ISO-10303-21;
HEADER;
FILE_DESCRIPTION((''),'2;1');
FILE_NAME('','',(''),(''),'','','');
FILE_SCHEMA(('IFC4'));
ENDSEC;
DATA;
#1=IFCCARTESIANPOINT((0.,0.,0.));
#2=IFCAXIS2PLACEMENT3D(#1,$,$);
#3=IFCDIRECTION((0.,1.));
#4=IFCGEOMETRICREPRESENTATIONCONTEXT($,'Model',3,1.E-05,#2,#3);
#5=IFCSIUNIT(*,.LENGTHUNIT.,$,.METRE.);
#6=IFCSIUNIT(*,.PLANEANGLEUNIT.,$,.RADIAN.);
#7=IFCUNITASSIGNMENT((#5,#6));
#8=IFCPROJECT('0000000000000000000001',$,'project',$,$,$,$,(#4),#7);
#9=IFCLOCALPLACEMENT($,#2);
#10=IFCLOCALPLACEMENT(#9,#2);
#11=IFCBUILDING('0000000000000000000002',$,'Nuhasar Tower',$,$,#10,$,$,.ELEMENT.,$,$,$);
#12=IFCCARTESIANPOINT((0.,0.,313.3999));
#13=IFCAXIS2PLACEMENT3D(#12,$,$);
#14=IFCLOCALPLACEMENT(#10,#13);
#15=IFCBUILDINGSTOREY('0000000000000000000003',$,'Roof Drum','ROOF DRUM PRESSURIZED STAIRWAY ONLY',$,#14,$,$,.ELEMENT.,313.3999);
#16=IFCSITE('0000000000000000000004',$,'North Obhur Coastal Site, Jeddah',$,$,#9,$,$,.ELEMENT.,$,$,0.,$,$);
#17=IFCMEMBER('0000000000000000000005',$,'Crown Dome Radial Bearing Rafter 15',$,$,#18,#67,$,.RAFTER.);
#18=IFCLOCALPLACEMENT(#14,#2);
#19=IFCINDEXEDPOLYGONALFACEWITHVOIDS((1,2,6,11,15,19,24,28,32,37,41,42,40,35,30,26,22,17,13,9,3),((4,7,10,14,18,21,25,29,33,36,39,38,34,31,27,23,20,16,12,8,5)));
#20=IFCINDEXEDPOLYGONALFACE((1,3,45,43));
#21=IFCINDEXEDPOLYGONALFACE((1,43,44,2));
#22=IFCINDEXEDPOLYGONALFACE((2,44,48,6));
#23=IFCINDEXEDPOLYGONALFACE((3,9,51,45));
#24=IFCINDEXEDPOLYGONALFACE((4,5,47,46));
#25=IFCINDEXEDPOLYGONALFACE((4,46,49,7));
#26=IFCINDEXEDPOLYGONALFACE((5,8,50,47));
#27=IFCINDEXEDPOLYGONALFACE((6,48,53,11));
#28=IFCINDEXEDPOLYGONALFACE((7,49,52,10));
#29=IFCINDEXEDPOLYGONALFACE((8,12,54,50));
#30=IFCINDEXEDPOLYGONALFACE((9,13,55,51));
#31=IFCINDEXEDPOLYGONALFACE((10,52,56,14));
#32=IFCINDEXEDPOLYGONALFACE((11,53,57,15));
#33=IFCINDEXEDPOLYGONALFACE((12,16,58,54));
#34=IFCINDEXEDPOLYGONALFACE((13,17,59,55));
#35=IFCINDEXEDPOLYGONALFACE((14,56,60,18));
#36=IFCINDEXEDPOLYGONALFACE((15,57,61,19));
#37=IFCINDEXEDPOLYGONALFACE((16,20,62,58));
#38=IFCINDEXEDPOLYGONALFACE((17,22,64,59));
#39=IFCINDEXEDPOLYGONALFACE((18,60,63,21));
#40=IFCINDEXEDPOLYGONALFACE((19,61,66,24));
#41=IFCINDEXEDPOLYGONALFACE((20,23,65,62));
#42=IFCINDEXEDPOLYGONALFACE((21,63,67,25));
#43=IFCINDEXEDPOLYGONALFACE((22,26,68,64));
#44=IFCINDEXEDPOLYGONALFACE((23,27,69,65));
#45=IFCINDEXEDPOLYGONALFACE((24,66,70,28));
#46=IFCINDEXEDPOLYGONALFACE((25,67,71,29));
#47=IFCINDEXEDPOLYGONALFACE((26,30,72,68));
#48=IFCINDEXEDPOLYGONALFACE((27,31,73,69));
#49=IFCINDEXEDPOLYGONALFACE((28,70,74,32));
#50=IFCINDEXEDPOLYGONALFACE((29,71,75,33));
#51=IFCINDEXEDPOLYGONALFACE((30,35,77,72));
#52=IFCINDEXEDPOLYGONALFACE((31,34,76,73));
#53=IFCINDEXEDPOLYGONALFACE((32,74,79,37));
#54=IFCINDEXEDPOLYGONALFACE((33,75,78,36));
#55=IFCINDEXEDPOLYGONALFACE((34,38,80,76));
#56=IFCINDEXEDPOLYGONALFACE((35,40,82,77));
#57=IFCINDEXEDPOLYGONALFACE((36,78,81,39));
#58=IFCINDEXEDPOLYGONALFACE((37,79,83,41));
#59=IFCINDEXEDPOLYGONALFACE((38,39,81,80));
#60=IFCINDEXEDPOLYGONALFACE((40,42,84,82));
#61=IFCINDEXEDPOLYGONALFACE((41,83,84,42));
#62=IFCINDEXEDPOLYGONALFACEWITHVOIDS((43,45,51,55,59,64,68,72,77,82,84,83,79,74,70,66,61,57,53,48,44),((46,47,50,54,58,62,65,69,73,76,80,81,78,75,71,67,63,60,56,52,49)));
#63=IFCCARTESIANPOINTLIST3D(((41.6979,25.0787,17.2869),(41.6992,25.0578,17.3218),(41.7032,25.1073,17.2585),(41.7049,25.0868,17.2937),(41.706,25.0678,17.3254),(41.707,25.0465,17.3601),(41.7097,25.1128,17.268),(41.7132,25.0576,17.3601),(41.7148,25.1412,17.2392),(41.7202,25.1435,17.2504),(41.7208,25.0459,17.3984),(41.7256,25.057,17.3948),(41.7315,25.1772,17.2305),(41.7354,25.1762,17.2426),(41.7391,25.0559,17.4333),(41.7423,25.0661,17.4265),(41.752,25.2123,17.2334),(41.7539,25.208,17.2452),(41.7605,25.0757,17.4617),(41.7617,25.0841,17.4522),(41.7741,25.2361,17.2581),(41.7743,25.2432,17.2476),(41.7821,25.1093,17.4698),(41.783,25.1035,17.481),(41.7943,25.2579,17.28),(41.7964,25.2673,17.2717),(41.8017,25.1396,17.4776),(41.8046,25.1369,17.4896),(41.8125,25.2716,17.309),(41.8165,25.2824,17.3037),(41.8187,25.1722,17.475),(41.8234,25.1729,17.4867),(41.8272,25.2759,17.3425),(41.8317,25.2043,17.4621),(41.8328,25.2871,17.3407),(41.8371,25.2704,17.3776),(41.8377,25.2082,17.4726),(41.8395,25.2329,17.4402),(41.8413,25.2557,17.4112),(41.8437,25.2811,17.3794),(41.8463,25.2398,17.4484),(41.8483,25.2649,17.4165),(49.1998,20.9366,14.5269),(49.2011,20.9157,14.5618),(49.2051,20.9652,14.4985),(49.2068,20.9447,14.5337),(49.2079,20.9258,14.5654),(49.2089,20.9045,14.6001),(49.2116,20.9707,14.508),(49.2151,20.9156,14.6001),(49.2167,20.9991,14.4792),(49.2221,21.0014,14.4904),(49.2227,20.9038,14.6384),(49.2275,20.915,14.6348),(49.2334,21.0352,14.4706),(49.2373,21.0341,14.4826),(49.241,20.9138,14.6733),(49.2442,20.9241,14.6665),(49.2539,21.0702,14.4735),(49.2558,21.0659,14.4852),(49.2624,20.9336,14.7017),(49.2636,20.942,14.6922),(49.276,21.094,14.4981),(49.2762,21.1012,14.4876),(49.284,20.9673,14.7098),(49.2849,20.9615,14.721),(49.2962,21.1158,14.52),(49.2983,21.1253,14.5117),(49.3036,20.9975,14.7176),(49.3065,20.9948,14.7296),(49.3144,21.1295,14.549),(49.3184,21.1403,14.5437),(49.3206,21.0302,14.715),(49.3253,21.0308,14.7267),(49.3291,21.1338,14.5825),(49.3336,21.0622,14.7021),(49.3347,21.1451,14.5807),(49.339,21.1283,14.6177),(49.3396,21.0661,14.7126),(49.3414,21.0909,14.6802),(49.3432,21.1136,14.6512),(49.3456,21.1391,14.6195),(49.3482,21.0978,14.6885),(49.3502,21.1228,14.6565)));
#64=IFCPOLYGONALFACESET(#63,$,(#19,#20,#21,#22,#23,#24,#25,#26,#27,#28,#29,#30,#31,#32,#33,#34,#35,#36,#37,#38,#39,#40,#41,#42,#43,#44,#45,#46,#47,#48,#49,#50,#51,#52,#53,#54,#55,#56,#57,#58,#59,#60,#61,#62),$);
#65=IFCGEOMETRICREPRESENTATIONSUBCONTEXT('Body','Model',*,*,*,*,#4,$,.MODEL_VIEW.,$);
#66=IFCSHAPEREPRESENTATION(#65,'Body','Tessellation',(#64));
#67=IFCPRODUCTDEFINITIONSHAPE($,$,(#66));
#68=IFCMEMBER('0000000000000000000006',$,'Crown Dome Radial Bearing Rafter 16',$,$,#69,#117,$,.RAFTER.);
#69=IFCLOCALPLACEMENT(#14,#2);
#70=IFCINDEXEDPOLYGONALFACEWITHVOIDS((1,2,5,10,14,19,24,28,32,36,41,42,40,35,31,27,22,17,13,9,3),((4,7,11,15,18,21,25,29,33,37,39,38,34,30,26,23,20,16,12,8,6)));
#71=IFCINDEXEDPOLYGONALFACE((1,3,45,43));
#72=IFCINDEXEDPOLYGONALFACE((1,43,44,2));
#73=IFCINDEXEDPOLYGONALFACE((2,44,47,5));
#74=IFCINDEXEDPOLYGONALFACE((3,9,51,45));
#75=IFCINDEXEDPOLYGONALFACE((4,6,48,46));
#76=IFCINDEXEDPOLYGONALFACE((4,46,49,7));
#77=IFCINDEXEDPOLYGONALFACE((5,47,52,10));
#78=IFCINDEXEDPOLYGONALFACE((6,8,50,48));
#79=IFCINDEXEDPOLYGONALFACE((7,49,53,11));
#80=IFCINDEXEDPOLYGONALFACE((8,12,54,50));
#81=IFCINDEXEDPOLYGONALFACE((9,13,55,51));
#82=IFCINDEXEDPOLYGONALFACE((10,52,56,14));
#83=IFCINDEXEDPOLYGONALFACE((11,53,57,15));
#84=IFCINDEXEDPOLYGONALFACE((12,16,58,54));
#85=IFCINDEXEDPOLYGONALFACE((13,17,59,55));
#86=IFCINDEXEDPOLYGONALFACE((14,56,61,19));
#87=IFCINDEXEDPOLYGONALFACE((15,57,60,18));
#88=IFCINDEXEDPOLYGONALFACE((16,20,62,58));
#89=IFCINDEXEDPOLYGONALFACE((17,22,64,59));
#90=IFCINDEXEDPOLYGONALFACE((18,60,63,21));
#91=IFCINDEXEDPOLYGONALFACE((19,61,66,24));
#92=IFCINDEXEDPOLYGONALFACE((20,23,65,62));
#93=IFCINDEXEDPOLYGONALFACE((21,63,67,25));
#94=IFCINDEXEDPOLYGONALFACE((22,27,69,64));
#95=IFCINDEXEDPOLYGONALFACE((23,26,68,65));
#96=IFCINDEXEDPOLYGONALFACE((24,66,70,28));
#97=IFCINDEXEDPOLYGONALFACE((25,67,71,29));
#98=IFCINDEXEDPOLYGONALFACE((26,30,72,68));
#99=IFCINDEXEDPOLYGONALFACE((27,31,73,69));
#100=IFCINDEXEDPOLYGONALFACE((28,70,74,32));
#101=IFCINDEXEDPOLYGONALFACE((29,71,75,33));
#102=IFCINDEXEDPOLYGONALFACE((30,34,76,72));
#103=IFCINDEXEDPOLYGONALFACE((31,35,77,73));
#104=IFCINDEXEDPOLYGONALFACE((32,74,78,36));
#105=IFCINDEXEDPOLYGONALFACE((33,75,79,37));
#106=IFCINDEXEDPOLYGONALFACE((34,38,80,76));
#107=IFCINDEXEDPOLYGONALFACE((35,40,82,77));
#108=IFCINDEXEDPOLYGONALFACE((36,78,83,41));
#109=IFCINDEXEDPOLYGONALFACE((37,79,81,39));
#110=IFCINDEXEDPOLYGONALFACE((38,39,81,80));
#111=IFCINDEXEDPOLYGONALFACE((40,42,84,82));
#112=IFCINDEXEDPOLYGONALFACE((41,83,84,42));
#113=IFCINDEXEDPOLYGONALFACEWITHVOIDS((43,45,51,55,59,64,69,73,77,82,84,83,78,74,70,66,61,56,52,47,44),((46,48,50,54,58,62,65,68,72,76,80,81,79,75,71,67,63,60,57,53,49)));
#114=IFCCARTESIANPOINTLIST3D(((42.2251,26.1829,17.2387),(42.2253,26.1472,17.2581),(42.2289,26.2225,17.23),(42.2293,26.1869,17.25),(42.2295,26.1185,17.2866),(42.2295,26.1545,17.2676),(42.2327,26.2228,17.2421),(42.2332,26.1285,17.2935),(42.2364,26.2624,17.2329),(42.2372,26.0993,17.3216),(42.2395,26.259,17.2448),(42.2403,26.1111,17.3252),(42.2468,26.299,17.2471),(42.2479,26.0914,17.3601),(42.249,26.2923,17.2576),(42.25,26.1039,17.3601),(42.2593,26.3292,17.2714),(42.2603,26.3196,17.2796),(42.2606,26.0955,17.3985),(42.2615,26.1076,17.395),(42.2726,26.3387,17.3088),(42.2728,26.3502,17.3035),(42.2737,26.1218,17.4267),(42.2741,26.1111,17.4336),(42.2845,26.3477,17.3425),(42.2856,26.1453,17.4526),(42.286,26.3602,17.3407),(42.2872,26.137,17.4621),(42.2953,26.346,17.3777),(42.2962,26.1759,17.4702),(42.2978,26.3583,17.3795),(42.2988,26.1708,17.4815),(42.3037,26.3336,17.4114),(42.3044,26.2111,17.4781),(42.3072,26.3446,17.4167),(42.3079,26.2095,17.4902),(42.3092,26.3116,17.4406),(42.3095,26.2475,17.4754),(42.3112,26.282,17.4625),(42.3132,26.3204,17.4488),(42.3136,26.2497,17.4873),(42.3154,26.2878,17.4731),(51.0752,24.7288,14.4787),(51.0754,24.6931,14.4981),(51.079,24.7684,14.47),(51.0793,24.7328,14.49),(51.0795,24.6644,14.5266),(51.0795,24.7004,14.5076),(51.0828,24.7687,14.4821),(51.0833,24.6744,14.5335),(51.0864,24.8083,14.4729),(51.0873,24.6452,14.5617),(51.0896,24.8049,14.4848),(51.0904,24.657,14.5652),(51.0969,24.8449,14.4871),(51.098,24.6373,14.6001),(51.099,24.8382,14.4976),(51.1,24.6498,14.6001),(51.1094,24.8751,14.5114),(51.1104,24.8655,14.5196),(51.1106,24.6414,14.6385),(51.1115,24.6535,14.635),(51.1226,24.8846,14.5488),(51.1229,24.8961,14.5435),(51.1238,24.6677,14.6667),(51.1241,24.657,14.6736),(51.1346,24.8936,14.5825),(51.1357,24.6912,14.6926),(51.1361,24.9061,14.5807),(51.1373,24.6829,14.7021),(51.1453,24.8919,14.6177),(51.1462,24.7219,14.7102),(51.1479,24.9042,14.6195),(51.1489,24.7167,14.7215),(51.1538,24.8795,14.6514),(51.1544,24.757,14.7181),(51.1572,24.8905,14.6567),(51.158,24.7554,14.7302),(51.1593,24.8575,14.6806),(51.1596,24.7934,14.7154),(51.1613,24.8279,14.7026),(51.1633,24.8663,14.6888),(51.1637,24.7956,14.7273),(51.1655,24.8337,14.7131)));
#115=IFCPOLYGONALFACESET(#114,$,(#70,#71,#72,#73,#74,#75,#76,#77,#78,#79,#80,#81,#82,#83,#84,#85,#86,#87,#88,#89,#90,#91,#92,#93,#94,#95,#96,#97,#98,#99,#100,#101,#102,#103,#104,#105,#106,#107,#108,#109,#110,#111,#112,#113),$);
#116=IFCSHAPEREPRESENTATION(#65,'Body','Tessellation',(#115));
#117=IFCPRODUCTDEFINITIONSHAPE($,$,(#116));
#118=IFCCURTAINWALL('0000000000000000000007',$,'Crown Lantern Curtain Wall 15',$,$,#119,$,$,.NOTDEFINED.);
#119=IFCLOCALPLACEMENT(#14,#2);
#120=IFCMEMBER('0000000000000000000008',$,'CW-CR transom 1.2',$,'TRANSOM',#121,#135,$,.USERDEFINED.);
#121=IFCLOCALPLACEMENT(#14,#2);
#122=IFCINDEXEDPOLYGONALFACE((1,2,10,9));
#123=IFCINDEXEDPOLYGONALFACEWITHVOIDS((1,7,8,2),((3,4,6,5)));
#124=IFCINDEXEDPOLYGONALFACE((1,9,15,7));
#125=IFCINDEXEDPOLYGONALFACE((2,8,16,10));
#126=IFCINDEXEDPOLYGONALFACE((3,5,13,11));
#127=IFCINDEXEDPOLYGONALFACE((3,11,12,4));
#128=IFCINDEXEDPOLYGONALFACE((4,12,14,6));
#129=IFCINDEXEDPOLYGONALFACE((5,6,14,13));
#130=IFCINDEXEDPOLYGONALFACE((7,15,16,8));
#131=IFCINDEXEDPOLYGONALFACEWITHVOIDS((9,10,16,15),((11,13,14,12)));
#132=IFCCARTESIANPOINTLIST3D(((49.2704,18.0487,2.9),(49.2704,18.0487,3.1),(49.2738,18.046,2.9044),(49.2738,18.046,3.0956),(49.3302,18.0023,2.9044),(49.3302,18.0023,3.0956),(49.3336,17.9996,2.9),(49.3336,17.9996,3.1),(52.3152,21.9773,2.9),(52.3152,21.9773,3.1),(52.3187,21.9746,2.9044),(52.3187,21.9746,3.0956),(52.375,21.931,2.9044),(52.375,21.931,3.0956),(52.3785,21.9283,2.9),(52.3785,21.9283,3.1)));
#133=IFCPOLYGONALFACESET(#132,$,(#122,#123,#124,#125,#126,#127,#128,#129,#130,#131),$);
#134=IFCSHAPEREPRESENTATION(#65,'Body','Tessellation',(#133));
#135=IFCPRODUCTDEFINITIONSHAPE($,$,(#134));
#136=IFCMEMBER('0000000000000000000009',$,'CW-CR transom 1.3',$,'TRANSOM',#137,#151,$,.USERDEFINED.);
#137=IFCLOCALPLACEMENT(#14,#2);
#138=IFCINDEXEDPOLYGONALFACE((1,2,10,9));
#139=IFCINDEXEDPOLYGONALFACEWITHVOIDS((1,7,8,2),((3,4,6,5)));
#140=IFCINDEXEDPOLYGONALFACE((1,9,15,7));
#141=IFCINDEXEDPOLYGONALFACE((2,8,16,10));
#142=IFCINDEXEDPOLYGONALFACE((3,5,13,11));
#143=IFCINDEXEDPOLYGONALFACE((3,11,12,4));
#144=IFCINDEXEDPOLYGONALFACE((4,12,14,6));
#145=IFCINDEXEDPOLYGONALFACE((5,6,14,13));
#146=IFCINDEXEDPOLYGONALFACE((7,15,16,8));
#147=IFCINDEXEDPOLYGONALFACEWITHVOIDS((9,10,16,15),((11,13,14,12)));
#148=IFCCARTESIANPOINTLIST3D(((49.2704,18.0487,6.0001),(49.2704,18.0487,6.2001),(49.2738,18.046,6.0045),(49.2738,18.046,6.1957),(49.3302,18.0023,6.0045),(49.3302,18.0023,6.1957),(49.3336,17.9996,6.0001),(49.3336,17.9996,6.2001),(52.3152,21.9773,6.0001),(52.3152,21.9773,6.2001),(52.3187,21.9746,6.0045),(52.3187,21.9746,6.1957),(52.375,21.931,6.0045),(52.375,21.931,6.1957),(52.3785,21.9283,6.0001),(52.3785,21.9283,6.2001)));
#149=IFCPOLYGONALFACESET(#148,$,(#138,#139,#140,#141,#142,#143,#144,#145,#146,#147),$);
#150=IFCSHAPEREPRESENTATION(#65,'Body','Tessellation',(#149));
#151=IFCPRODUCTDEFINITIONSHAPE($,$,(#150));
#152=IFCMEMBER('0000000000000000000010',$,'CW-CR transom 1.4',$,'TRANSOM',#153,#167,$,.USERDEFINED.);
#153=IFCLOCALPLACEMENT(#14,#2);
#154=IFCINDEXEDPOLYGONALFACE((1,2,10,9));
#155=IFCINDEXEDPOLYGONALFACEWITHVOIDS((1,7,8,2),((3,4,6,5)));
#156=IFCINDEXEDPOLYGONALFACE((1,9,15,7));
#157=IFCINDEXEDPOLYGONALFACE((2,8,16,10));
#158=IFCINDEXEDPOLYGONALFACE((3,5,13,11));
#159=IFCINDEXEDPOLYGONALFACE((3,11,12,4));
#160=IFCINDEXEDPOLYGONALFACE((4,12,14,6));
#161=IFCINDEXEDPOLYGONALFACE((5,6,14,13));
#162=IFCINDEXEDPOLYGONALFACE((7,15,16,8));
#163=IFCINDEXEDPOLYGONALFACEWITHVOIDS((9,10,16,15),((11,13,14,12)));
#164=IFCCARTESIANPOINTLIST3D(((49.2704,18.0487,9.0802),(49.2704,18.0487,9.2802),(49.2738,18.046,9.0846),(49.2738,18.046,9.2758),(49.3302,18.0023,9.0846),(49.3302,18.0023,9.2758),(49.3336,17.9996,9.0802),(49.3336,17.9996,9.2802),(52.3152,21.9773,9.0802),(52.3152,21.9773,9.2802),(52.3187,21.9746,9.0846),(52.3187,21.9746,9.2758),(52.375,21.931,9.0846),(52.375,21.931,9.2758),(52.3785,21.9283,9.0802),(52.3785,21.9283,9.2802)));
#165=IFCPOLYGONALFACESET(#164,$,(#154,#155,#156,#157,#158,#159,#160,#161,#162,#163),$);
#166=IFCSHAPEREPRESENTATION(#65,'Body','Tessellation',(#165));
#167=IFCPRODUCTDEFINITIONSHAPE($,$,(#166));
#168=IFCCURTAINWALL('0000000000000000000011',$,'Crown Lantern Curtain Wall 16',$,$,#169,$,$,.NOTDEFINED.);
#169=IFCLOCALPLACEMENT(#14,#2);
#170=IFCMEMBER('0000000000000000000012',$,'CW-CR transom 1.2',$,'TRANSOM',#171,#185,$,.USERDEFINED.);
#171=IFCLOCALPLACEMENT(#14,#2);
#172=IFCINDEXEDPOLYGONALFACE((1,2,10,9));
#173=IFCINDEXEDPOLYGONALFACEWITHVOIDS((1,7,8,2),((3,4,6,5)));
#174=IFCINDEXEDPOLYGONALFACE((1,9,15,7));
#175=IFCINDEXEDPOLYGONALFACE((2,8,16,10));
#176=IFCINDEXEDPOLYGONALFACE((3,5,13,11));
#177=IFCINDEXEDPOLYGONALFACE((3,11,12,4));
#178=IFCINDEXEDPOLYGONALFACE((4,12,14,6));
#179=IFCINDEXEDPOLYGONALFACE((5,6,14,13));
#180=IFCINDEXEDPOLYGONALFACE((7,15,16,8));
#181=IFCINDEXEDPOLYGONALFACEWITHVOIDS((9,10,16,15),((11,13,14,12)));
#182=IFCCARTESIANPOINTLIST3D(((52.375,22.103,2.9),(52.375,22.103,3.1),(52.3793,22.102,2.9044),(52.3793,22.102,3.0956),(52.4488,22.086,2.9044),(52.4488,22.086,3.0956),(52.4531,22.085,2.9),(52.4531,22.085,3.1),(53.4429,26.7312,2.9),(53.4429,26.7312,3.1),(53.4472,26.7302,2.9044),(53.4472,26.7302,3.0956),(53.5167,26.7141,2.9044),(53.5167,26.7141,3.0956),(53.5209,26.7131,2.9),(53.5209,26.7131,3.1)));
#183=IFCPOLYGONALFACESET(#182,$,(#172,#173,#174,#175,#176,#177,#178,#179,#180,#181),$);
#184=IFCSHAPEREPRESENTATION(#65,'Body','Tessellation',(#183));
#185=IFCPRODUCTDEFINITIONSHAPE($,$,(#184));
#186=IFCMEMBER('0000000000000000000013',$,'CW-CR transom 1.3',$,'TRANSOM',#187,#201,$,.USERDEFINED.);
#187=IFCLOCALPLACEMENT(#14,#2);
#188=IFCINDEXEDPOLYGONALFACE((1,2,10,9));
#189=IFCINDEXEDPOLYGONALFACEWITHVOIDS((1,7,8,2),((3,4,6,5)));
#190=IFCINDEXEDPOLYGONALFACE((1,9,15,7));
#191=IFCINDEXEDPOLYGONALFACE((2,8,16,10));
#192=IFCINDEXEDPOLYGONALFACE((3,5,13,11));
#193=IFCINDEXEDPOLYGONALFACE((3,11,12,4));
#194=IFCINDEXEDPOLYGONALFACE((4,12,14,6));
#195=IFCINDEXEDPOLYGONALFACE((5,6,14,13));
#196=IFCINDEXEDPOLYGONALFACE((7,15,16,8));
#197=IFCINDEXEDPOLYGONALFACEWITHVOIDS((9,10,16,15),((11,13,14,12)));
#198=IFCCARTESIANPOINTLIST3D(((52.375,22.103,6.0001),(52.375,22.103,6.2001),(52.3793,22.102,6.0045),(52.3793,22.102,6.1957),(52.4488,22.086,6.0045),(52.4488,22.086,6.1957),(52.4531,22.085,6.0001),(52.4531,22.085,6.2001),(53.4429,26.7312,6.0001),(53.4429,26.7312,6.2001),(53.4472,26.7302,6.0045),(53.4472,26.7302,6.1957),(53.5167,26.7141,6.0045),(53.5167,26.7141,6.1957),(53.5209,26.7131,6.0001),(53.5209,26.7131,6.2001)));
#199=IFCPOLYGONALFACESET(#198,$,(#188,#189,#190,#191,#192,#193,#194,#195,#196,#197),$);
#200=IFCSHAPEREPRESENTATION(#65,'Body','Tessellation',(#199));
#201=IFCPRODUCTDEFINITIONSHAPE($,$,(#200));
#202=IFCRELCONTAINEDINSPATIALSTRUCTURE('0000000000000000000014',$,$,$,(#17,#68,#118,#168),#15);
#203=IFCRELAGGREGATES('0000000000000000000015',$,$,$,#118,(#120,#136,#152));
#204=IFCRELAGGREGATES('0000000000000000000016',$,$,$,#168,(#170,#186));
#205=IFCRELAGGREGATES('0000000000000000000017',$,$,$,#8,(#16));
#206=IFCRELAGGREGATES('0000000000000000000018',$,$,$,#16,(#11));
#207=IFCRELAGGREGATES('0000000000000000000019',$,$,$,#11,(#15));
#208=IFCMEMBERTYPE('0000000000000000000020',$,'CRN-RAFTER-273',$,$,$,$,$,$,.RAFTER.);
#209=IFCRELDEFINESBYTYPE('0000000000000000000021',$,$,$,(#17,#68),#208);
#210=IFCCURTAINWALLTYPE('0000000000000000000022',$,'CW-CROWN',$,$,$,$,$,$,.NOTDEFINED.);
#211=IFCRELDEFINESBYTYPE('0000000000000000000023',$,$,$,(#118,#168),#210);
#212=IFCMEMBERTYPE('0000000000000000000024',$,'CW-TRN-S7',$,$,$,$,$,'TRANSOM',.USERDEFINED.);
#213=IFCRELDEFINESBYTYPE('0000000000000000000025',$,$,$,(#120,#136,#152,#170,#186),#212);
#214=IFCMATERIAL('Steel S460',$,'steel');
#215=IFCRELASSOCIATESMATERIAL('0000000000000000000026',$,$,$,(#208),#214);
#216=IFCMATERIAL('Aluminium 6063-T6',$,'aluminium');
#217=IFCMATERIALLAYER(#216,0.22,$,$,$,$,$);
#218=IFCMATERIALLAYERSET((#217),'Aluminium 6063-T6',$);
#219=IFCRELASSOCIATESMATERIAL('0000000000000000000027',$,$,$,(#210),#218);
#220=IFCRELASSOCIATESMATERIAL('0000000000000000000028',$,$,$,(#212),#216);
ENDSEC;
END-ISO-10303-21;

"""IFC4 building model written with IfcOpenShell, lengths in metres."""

from ifc_helpers import new_model, si_unit, direction, frame, origin, origin_2d, place, context, subcontext, project, spatial, hollow_rectangle, hollow_circle, extrude, material, layer, layer_set, material_profile, profile_set, type_object, element, aggregate, save


model = new_model("IFC4")

# Units and contexts
model_context = context("Model", 3, precision=1e-05, world=origin(), true_north=direction((0.0, 1.0)))
body_context = subcontext(model_context, "Body", "Model", "MODEL_VIEW")
ifc_project = project(units=[si_unit("LENGTHUNIT", "METRE"), si_unit("PLANEANGLEUNIT", "RADIAN")], contexts=[model_context])

# Site, building, storey
site_placement = place(None, origin())
site = spatial("IfcSite", under=ifc_project, at=site_placement, Name="North Obhur Coastal Site, Jeddah", CompositionType="ELEMENT", RefElevation=0.0)
building_placement = place(site_placement, origin())
building = spatial("IfcBuilding", under=site, at=building_placement, Name="Nuhasar Tower", CompositionType="ELEMENT")
storey_placement = place(building_placement, frame((0.0, 0.0, 313.3999)))
storey = spatial("IfcBuildingStorey", under=building, at=storey_placement, Name="Roof Drum", Description="ROOF DRUM PRESSURIZED STAIRWAY ONLY", CompositionType="ELEMENT", Elevation=313.3999)

# Shared definitions
ifc_material_1 = material(Name="Steel S460", Category="steel")

# Members
ifc_material_profile_1 = material_profile(ifc_material_1, hollow_circle(Radius=0.1365, WallThickness=0.0127, at=origin_2d()), Name="HSS273.1X12.7")
ifc_profile_set_1 = profile_set([ifc_material_profile_1], Name="Steel S460")
member_type_1 = type_object("IfcMemberType", Name="CRN-RAFTER-273", PredefinedType="RAFTER", material=ifc_profile_set_1)
member_1_placement = place(storey_placement, frame((49.2749, 21.0239, 14.6001), z_axis=(-0.833273, 0.460079, 0.306566), x_axis=(-0.483353, -0.875426, 0.0)))
element("IfcMember", 1, at=member_1_placement, inside=storey, type_object=member_type_1, Name="Crown Dome Radial Bearing Rafter 15", PredefinedType="RAFTER", context=body_context, shape_type="SweptSolid", body=[
    extrude(hollow_circle(Radius=0.1365, WallThickness=0.0127, at=origin_2d()), origin(), (0.0, 0.0, 1.0), 9.0029),
])
member_2_placement = place(storey_placement, frame((51.1201, 24.772, 14.6001), z_axis=(-0.943122, 0.154958, 0.294124), x_axis=(-0.16213, -0.986769, 0.0)))
element("IfcMember", 2, at=member_2_placement, inside=storey, type_object=member_type_1, Name="Crown Dome Radial Bearing Rafter 16", PredefinedType="RAFTER", context=body_context, shape_type="SweptSolid", body=[
    extrude(hollow_circle(Radius=0.1365, WallThickness=0.0127, at=origin_2d()), origin(), (0.0, 0.0, 1.0), 9.3838),
])

# Curtain walls, members
ifc_material_2 = material(Name="Aluminium 6063-T6", Category="aluminium")
ifc_layer_1 = layer(ifc_material_2, 0.22)
ifc_layer_set_1 = layer_set([ifc_layer_1], Name="Aluminium 6063-T6")
curtain_wall_type = type_object("IfcCurtainWallType", Name="CW-CROWN", PredefinedType="NOTDEFINED", material=ifc_layer_set_1)
curtain_wall_1_placement = place(storey_placement, origin())
curtain_wall_1 = element("IfcCurtainWall", 3, at=curtain_wall_1_placement, inside=storey, type_object=curtain_wall_type, Name="Crown Lantern Curtain Wall 15", PredefinedType="NOTDEFINED")
ifc_material_profile_2 = material_profile(ifc_material_2, hollow_rectangle(XDim=0.0801, YDim=0.2, WallThickness=0.0044, at=origin_2d()), Name="CWT-7")
ifc_profile_set_2 = profile_set([ifc_material_profile_2], Name="Aluminium 6063-T6")
member_type_2 = type_object("IfcMemberType", Name="CW-TRN-S7", ElementType="TRANSOM", PredefinedType="USERDEFINED", material=ifc_profile_set_2)
member_3_placement = place(storey_placement, frame((49.302, 18.0242, 3.0), z_axis=(0.612593, 0.790398, 0.0), x_axis=(-0.790398, 0.612593, 0.0)))
member_3 = element("IfcMember", 4, at=member_3_placement, type_object=member_type_2, Name="CW-CR transom 1.2", ObjectType="TRANSOM", PredefinedType="USERDEFINED", context=body_context, shape_type="SweptSolid", body=[
    extrude(hollow_rectangle(XDim=0.0801, YDim=0.2, WallThickness=0.0044, at=origin_2d()), origin(), (0.0, 0.0, 1.0), 4.9705),
])
member_4_placement = place(storey_placement, frame((49.302, 18.0242, 6.1001), z_axis=(0.612593, 0.790398, 0.0), x_axis=(-0.790398, 0.612593, 0.0)))
member_4 = element("IfcMember", 5, at=member_4_placement, type_object=member_type_2, Name="CW-CR transom 1.3", ObjectType="TRANSOM", PredefinedType="USERDEFINED", context=body_context, shape_type="SweptSolid", body=[
    extrude(hollow_rectangle(XDim=0.0801, YDim=0.2, WallThickness=0.0044, at=origin_2d()), origin(), (0.0, 0.0, 1.0), 4.9705),
])
member_5_placement = place(storey_placement, frame((49.302, 18.0242, 9.1802), z_axis=(0.612593, 0.790398, 0.0), x_axis=(-0.790398, 0.612593, 0.0)))
member_5 = element("IfcMember", 6, at=member_5_placement, type_object=member_type_2, Name="CW-CR transom 1.4", ObjectType="TRANSOM", PredefinedType="USERDEFINED", context=body_context, shape_type="SweptSolid", body=[
    extrude(hollow_rectangle(XDim=0.0801, YDim=0.2, WallThickness=0.0044, at=origin_2d()), origin(), (0.0, 0.0, 1.0), 4.9705),
])
curtain_wall_2_placement = place(storey_placement, origin())
curtain_wall_2 = element("IfcCurtainWall", 7, at=curtain_wall_2_placement, inside=storey, type_object=curtain_wall_type, Name="Crown Lantern Curtain Wall 16", PredefinedType="NOTDEFINED")
member_6_placement = place(storey_placement, frame((52.4141, 22.094, 3.0), z_axis=(0.224826, 0.974399, 0.0), x_axis=(-0.974399, 0.224826, 0.0)))
member_6 = element("IfcMember", 8, at=member_6_placement, type_object=member_type_2, Name="CW-CR transom 1.2", ObjectType="TRANSOM", PredefinedType="USERDEFINED", context=body_context, shape_type="SweptSolid", body=[
    extrude(hollow_rectangle(XDim=0.0801, YDim=0.2, WallThickness=0.0044, at=origin_2d()), origin(), (0.0, 0.0, 1.0), 4.7498),
])
member_7_placement = place(storey_placement, frame((52.4141, 22.094, 6.1001), z_axis=(0.224826, 0.974399, 0.0), x_axis=(-0.974399, 0.224826, 0.0)))
member_7 = element("IfcMember", 9, at=member_7_placement, type_object=member_type_2, Name="CW-CR transom 1.3", ObjectType="TRANSOM", PredefinedType="USERDEFINED", context=body_context, shape_type="SweptSolid", body=[
    extrude(hollow_rectangle(XDim=0.0801, YDim=0.2, WallThickness=0.0044, at=origin_2d()), origin(), (0.0, 0.0, 1.0), 4.7498),
])

aggregate(curtain_wall_1, [member_3, member_4, member_5])
aggregate(curtain_wall_2, [member_6, member_7])

save(model, "model.ifc")
